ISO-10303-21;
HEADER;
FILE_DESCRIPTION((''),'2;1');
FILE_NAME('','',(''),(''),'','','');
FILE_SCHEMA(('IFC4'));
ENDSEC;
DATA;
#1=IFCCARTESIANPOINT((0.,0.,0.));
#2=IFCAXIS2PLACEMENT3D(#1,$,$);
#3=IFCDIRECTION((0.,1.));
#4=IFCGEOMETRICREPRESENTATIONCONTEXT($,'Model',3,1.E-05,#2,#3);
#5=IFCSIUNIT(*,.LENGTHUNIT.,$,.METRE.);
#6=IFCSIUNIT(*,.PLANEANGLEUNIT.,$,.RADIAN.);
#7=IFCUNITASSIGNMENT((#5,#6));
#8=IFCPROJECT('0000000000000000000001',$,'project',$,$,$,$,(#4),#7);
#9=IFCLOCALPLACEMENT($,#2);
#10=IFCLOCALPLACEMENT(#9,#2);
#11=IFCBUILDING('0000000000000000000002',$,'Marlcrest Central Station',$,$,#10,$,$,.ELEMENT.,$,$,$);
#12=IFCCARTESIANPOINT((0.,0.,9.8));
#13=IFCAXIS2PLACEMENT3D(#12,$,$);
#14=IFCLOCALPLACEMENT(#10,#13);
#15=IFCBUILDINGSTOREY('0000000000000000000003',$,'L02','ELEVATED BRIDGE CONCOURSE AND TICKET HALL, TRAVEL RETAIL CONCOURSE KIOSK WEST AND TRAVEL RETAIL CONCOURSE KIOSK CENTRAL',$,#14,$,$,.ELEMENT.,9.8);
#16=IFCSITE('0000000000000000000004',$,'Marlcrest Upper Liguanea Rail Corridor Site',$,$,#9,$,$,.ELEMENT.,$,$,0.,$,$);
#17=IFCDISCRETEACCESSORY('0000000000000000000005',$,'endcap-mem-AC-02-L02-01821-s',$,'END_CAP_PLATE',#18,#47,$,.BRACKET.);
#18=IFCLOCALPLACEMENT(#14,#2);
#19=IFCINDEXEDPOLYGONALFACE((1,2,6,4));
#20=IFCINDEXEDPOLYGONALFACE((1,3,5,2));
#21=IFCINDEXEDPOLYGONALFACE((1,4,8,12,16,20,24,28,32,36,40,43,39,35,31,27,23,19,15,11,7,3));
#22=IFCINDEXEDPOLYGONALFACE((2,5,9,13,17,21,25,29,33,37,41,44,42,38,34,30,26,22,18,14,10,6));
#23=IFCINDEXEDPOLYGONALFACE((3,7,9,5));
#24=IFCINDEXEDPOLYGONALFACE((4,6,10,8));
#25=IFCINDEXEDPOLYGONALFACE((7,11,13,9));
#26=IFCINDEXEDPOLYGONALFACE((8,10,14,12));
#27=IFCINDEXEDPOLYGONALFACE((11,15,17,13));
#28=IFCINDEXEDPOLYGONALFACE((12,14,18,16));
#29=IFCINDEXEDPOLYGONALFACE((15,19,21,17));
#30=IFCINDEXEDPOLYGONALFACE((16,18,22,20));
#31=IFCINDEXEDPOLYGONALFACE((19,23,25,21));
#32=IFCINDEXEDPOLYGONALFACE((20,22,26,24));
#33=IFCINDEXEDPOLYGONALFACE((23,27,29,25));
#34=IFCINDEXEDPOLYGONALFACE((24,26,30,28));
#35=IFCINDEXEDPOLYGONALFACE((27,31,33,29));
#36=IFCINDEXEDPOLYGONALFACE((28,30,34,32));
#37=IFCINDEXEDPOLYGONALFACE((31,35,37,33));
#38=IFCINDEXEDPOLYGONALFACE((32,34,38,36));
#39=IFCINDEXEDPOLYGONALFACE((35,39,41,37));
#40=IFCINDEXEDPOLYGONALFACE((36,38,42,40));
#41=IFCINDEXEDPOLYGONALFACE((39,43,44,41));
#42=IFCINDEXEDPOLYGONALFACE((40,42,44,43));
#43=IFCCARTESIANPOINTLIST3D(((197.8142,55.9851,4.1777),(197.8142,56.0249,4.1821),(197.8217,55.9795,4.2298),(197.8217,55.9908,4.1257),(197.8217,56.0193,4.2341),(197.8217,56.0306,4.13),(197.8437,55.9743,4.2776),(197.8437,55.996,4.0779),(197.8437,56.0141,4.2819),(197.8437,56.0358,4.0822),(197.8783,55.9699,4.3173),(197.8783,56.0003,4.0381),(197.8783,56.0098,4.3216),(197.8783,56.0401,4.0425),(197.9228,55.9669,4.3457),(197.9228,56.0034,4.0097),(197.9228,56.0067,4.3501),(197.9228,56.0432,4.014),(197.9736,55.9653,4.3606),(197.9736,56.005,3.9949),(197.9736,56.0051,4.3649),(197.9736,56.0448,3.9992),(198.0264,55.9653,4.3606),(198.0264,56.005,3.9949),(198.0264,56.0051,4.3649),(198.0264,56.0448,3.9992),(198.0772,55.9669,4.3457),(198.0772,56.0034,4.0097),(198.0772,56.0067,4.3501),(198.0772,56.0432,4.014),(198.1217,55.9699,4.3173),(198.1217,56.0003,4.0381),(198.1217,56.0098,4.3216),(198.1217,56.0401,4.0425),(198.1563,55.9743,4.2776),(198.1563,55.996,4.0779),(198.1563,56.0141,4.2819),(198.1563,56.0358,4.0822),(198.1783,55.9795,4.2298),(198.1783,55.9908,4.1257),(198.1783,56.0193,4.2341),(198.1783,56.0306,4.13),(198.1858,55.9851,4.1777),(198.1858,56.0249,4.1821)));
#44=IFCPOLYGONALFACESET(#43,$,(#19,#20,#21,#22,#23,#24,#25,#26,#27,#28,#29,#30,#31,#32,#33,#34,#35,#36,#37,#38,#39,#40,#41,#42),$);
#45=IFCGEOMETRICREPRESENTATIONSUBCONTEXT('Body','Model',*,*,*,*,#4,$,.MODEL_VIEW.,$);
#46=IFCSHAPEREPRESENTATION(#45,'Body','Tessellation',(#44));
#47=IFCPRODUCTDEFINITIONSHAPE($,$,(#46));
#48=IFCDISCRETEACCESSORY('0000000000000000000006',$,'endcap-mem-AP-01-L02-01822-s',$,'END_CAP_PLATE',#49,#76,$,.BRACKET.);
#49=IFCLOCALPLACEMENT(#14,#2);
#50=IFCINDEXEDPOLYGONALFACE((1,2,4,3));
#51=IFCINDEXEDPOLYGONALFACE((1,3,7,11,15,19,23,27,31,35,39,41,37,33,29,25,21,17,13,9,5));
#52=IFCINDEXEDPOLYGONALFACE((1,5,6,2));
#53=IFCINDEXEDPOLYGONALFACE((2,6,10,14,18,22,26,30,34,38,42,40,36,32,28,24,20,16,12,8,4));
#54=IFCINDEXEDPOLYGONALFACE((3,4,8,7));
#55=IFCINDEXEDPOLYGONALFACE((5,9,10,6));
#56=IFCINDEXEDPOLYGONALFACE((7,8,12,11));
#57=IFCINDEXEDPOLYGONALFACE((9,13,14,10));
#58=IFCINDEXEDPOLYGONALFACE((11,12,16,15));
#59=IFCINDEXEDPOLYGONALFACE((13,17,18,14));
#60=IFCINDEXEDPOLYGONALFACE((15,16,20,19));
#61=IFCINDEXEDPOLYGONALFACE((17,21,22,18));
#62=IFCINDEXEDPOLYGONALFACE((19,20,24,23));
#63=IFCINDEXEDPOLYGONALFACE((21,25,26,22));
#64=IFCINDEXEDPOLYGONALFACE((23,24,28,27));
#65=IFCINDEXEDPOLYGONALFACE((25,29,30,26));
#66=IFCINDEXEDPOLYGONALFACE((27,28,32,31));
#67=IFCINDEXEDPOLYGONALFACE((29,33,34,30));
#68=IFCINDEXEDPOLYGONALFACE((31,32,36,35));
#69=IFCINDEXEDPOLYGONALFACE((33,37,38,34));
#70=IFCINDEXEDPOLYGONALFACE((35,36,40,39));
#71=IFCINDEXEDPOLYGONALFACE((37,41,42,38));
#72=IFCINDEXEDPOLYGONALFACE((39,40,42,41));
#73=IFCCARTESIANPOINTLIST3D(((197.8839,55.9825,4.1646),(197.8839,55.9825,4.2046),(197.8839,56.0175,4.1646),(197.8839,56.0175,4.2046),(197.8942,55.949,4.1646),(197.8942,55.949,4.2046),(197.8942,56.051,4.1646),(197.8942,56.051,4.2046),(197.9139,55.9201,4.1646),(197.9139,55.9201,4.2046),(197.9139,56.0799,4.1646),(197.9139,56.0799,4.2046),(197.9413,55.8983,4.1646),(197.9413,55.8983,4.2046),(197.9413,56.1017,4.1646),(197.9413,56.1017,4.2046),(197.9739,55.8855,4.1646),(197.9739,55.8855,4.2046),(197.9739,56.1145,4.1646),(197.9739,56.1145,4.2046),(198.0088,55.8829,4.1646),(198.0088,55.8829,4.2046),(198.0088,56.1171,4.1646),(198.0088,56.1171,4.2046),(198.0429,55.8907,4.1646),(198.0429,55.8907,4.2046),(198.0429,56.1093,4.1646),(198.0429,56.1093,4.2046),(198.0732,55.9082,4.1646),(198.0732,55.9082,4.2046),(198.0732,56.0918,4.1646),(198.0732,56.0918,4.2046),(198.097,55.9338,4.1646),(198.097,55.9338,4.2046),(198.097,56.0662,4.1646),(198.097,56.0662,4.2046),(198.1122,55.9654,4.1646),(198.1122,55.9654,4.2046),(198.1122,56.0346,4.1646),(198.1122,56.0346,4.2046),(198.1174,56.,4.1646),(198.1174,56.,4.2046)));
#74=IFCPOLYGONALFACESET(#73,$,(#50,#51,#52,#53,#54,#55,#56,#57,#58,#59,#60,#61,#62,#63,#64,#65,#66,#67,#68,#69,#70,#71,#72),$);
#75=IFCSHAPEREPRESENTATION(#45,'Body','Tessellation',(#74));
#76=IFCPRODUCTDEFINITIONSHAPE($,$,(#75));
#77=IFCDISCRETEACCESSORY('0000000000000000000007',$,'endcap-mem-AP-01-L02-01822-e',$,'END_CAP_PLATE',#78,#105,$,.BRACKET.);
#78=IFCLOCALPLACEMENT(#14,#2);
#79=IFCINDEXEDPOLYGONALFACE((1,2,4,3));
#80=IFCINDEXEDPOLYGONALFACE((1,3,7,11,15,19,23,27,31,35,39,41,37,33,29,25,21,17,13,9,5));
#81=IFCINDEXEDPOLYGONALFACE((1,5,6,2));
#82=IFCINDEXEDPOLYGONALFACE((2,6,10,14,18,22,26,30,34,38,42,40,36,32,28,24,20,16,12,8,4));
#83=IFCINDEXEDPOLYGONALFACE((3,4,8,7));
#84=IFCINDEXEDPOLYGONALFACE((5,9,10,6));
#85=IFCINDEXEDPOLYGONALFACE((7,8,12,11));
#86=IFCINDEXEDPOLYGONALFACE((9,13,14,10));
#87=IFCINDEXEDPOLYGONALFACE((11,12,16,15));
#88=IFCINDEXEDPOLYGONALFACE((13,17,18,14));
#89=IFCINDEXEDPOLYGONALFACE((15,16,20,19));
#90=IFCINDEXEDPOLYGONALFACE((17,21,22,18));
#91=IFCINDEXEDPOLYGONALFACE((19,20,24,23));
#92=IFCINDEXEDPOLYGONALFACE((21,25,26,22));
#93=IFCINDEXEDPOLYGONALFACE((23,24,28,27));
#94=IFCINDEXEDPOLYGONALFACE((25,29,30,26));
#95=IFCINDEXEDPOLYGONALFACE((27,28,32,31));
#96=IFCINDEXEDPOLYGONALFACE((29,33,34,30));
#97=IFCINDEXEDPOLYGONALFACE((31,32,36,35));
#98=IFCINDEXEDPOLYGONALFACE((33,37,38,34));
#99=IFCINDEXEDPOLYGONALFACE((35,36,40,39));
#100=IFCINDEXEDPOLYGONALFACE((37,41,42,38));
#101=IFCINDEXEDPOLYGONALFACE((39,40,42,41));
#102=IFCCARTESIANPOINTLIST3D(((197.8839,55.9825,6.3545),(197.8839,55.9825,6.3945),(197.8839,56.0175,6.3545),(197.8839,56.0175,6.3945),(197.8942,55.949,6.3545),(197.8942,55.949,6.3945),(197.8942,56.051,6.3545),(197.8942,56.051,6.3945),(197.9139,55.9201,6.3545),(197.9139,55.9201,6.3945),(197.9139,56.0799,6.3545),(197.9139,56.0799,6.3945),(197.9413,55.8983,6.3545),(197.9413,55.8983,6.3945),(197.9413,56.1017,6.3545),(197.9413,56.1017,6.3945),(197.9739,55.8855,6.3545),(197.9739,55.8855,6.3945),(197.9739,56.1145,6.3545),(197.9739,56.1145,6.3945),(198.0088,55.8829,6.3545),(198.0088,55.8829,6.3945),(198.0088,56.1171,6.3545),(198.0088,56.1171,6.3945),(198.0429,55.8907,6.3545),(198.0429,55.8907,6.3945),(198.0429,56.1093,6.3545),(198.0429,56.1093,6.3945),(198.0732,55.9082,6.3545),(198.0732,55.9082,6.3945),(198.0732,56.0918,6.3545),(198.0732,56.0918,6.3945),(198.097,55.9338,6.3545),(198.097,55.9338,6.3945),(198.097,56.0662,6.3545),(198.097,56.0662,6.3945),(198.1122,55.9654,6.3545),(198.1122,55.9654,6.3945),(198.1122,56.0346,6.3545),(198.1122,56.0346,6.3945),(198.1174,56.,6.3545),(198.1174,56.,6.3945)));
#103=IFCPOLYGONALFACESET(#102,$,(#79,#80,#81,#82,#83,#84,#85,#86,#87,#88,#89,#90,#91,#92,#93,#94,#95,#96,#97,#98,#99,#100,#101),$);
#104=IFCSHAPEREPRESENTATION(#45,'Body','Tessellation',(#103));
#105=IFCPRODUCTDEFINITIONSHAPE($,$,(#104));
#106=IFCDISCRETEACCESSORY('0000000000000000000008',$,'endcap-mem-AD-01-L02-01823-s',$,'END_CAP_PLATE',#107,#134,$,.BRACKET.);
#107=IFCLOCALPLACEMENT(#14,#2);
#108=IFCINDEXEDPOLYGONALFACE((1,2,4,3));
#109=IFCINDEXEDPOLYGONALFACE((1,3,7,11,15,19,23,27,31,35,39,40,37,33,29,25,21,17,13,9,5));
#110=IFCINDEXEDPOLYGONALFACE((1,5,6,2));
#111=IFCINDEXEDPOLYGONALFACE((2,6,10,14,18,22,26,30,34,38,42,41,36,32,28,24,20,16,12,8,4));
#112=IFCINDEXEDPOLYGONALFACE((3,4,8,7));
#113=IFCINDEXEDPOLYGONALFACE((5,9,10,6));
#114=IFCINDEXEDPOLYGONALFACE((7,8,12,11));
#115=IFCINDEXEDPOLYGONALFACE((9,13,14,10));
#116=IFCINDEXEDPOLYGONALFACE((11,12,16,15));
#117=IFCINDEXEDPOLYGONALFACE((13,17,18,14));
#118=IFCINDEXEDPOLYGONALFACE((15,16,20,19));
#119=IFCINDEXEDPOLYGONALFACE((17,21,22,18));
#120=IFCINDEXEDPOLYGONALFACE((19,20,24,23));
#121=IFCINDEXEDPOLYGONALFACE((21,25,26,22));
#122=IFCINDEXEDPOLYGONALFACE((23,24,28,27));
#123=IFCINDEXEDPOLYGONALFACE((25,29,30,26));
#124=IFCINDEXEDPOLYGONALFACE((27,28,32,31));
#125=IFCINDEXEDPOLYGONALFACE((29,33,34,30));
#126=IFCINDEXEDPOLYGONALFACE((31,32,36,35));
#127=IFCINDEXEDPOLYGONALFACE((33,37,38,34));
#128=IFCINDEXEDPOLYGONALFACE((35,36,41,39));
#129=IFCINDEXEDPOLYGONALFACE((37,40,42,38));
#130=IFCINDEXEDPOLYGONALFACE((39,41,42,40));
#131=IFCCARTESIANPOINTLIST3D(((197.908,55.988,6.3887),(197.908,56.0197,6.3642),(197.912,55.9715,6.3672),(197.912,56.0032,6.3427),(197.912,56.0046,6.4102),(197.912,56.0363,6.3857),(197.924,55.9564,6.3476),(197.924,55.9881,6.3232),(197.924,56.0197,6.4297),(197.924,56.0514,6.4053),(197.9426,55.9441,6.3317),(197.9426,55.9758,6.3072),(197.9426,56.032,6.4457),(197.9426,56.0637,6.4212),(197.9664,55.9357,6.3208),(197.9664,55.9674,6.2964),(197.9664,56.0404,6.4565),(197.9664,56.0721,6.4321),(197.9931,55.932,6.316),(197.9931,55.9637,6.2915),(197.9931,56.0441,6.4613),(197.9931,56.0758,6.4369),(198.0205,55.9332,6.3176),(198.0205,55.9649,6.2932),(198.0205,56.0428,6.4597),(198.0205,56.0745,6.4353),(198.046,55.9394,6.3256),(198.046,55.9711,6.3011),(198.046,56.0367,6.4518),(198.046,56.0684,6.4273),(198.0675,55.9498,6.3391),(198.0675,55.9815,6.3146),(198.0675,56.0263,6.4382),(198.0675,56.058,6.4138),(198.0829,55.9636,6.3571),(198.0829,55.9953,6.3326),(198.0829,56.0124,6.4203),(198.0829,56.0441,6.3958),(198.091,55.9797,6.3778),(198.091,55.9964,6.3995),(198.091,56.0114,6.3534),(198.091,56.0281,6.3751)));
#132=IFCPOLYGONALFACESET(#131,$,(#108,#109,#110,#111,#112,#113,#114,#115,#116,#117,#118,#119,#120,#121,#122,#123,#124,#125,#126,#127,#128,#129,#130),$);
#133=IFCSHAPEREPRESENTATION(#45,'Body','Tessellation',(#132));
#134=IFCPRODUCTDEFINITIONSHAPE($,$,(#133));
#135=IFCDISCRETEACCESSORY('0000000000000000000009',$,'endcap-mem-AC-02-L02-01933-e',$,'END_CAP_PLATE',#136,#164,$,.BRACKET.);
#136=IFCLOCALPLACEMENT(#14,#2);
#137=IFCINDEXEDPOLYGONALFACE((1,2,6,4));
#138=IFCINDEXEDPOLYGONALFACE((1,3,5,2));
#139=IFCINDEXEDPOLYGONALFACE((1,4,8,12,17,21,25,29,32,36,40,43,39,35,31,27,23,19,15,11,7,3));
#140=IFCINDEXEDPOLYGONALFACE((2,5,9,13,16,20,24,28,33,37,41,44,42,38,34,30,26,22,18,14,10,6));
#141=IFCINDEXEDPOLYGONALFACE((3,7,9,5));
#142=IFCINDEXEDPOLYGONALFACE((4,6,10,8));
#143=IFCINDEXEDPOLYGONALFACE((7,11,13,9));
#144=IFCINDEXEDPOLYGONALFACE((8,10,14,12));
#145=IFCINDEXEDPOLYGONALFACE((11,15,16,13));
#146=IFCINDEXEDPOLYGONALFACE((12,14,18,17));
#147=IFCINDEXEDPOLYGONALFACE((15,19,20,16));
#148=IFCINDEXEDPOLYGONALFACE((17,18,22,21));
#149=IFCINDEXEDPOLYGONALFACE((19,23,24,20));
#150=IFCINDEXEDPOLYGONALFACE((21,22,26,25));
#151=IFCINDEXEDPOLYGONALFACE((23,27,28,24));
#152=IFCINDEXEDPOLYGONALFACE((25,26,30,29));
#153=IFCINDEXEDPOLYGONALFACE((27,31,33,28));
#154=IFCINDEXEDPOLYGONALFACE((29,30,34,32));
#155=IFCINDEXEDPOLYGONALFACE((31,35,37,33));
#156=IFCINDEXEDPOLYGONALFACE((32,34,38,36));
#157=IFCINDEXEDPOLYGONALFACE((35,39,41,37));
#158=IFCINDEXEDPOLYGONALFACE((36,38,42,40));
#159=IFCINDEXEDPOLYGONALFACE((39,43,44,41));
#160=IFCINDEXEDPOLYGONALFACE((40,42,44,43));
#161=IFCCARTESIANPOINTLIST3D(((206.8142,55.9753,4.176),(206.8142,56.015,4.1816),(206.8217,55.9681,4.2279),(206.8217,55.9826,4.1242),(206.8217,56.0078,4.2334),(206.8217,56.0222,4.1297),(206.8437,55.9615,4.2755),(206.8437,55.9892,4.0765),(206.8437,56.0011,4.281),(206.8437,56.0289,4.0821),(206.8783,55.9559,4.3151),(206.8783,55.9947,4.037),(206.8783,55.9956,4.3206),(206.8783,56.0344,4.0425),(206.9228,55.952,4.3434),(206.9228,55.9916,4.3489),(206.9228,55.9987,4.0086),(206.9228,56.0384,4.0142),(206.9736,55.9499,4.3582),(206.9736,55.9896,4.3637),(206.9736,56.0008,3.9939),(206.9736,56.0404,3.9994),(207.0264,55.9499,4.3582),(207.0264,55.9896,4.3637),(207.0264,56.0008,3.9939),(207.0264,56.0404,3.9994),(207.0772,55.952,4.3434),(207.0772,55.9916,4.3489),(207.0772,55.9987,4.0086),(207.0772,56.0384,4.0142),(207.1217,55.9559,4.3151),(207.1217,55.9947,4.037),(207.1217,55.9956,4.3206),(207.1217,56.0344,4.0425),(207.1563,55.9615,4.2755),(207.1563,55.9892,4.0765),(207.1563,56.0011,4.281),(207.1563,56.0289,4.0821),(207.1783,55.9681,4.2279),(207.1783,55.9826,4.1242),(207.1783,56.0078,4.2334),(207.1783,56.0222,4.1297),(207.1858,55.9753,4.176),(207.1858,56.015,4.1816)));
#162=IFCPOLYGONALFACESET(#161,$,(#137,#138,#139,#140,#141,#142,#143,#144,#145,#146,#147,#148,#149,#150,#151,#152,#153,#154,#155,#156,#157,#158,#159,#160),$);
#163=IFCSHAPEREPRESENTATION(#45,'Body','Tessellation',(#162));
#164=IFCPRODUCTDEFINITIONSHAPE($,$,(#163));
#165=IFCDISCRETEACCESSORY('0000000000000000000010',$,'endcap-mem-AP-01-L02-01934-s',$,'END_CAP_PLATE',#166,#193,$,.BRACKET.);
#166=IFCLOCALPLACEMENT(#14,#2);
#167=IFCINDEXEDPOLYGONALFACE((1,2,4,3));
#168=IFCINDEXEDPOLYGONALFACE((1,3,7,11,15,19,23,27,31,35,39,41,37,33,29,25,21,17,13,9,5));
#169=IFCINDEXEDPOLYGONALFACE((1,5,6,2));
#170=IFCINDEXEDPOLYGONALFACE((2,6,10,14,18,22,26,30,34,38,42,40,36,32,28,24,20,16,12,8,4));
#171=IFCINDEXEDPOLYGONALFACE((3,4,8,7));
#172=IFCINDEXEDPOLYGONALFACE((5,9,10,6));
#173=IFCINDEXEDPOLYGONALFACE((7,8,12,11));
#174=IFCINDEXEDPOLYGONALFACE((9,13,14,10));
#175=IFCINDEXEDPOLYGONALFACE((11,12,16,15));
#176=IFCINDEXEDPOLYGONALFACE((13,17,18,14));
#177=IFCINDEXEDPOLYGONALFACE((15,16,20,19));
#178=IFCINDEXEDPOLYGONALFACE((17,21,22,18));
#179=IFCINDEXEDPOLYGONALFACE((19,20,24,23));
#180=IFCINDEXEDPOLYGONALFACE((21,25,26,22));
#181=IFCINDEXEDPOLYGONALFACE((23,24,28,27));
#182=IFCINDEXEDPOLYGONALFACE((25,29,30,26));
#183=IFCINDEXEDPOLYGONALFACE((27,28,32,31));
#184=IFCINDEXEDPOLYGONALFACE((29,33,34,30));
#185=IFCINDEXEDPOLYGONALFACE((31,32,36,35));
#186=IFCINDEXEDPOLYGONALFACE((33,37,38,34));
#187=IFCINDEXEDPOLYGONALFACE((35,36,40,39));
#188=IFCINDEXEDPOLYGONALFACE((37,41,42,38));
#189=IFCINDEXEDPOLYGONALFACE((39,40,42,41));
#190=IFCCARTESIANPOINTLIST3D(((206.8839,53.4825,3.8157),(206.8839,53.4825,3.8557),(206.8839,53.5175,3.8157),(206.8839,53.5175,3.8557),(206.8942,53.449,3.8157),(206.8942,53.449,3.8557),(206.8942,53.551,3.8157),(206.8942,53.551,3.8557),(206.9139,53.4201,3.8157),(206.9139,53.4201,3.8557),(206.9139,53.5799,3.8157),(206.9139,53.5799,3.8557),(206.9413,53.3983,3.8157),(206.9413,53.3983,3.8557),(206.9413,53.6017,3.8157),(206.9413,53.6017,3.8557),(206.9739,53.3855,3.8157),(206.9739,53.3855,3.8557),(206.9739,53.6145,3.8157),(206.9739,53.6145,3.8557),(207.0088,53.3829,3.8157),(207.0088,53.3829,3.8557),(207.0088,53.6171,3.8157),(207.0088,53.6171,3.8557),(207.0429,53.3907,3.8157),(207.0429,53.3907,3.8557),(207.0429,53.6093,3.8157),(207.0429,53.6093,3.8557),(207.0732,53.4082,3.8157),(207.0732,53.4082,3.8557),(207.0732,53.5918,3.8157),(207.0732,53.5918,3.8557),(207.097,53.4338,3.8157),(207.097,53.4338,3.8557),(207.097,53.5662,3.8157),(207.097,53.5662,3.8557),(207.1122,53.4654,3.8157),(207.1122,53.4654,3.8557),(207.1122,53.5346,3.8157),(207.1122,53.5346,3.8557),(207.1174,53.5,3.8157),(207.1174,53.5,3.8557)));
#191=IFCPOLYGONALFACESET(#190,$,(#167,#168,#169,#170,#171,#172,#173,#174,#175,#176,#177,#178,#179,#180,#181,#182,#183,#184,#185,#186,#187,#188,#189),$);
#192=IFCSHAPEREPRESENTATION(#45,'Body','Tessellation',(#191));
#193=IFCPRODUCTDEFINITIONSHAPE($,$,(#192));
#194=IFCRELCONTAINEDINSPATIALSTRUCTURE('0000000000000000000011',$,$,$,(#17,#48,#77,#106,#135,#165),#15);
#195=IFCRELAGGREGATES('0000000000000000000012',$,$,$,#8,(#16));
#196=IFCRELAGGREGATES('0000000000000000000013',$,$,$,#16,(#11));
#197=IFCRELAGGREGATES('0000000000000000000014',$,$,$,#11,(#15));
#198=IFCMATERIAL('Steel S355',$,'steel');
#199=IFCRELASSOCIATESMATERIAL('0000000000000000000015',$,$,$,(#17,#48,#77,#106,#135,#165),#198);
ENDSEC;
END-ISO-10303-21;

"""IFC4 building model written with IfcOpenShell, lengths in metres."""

from ifc_helpers import new_model, si_unit, direction, frame, origin, origin_2d, place, context, subcontext, project, spatial, circle, extrude, material, element, save


model = new_model("IFC4")

# Units and contexts
model_context = context("Model", 3, precision=1e-05, world=origin(), true_north=direction((0.0, 1.0)))
body_context = subcontext(model_context, "Body", "Model", "MODEL_VIEW")
ifc_project = project(units=[si_unit("LENGTHUNIT", "METRE"), si_unit("PLANEANGLEUNIT", "RADIAN")], contexts=[model_context])

# Site, building, storey
site_placement = place(None, origin())
site = spatial("IfcSite", under=ifc_project, at=site_placement, Name="Marlcrest Upper Liguanea Rail Corridor Site", CompositionType="ELEMENT", RefElevation=0.0)
building_placement = place(site_placement, origin())
building = spatial("IfcBuilding", under=site, at=building_placement, Name="Marlcrest Central Station", CompositionType="ELEMENT")
storey_placement = place(building_placement, frame((0.0, 0.0, 9.8)))
storey = spatial("IfcBuildingStorey", under=building, at=storey_placement, Name="L02", Description="ELEVATED BRIDGE CONCOURSE AND TICKET HALL, TRAVEL RETAIL CONCOURSE KIOSK WEST AND TRAVEL RETAIL CONCOURSE KIOSK CENTRAL", CompositionType="ELEMENT", Elevation=9.8)

# Shared definitions
ifc_material = material(Name="Steel S355", Category="steel")

# Discrete accessories
discrete_accessory_1_placement = place(storey_placement, frame((198.0, 55.9851, 4.1777), z_axis=(0.0, 0.994155, 0.107959), x_axis=(-1.0, 0.0, 0.0)))
element("IfcDiscreteAccessory", 1, at=discrete_accessory_1_placement, inside=storey, material=ifc_material, Name="endcap-mem-AC-02-L02-01821-s", ObjectType="END_CAP_PLATE", PredefinedType="BRACKET", context=body_context, shape_type="SweptSolid", body=[
    extrude(circle(Radius=0.1858, at=origin_2d()), origin(), (0.0, 0.0, 1.0), 0.04),
])
for number, where, z_axis, x_axis, name in (
    (2, (198.0, 56.0, 4.1646), (0.0, 0.0, 1.0), (1.0, 0.0, 0.0), "endcap-mem-AP-01-L02-01822-s"),
    (3, (198.0, 56.0, 6.3545), (0.0, 0.0, 1.0), (1.0, 0.0, 0.0), "endcap-mem-AP-01-L02-01822-e"),
):
    element("IfcDiscreteAccessory", number, at=place(storey_placement, frame(where, z_axis=z_axis, x_axis=x_axis)), inside=storey, material=ifc_material, Name=name, ObjectType="END_CAP_PLATE", PredefinedType="BRACKET", context=body_context, shape_type="SweptSolid", body=[
        extrude(circle(Radius=0.1174, at=origin_2d()), origin(), (0.0, 0.0, 1.0), 0.04),
    ])
discrete_accessory_2_placement = place(storey_placement, frame((198.0, 55.988, 6.3887), z_axis=(0.0, 0.791798, -0.610783), x_axis=(-1.0, 0.0, 0.0)))
element("IfcDiscreteAccessory", 4, at=discrete_accessory_2_placement, inside=storey, material=ifc_material, Name="endcap-mem-AD-01-L02-01823-s", ObjectType="END_CAP_PLATE", PredefinedType="BRACKET", context=body_context, shape_type="SweptSolid", body=[
    extrude(circle(Radius=0.092, at=origin_2d()), origin(), (0.0, 0.0, 1.0), 0.04),
])
discrete_accessory_3_placement = place(storey_placement, frame((207.0, 55.9753, 4.176), z_axis=(0.0, 0.990403, 0.138211), x_axis=(-1.0, 0.0, 0.0)))
element("IfcDiscreteAccessory", 5, at=discrete_accessory_3_placement, inside=storey, material=ifc_material, Name="endcap-mem-AC-02-L02-01933-e", ObjectType="END_CAP_PLATE", PredefinedType="BRACKET", context=body_context, shape_type="SweptSolid", body=[
    extrude(circle(Radius=0.1858, at=origin_2d()), origin(), (0.0, 0.0, 1.0), 0.04),
])
for number, where, z_axis, x_axis, name in (
    (6, (207.0, 53.5, 3.8157), (0.0, 0.0, 1.0), (1.0, 0.0, 0.0), "endcap-mem-AP-01-L02-01934-s"),
):
    element("IfcDiscreteAccessory", number, at=place(storey_placement, frame(where, z_axis=z_axis, x_axis=x_axis)), inside=storey, material=ifc_material, Name=name, ObjectType="END_CAP_PLATE", PredefinedType="BRACKET", context=body_context, shape_type="SweptSolid", body=[
        extrude(circle(Radius=0.1174, at=origin_2d()), origin(), (0.0, 0.0, 1.0), 0.04),
    ])

save(model, "model.ifc")
